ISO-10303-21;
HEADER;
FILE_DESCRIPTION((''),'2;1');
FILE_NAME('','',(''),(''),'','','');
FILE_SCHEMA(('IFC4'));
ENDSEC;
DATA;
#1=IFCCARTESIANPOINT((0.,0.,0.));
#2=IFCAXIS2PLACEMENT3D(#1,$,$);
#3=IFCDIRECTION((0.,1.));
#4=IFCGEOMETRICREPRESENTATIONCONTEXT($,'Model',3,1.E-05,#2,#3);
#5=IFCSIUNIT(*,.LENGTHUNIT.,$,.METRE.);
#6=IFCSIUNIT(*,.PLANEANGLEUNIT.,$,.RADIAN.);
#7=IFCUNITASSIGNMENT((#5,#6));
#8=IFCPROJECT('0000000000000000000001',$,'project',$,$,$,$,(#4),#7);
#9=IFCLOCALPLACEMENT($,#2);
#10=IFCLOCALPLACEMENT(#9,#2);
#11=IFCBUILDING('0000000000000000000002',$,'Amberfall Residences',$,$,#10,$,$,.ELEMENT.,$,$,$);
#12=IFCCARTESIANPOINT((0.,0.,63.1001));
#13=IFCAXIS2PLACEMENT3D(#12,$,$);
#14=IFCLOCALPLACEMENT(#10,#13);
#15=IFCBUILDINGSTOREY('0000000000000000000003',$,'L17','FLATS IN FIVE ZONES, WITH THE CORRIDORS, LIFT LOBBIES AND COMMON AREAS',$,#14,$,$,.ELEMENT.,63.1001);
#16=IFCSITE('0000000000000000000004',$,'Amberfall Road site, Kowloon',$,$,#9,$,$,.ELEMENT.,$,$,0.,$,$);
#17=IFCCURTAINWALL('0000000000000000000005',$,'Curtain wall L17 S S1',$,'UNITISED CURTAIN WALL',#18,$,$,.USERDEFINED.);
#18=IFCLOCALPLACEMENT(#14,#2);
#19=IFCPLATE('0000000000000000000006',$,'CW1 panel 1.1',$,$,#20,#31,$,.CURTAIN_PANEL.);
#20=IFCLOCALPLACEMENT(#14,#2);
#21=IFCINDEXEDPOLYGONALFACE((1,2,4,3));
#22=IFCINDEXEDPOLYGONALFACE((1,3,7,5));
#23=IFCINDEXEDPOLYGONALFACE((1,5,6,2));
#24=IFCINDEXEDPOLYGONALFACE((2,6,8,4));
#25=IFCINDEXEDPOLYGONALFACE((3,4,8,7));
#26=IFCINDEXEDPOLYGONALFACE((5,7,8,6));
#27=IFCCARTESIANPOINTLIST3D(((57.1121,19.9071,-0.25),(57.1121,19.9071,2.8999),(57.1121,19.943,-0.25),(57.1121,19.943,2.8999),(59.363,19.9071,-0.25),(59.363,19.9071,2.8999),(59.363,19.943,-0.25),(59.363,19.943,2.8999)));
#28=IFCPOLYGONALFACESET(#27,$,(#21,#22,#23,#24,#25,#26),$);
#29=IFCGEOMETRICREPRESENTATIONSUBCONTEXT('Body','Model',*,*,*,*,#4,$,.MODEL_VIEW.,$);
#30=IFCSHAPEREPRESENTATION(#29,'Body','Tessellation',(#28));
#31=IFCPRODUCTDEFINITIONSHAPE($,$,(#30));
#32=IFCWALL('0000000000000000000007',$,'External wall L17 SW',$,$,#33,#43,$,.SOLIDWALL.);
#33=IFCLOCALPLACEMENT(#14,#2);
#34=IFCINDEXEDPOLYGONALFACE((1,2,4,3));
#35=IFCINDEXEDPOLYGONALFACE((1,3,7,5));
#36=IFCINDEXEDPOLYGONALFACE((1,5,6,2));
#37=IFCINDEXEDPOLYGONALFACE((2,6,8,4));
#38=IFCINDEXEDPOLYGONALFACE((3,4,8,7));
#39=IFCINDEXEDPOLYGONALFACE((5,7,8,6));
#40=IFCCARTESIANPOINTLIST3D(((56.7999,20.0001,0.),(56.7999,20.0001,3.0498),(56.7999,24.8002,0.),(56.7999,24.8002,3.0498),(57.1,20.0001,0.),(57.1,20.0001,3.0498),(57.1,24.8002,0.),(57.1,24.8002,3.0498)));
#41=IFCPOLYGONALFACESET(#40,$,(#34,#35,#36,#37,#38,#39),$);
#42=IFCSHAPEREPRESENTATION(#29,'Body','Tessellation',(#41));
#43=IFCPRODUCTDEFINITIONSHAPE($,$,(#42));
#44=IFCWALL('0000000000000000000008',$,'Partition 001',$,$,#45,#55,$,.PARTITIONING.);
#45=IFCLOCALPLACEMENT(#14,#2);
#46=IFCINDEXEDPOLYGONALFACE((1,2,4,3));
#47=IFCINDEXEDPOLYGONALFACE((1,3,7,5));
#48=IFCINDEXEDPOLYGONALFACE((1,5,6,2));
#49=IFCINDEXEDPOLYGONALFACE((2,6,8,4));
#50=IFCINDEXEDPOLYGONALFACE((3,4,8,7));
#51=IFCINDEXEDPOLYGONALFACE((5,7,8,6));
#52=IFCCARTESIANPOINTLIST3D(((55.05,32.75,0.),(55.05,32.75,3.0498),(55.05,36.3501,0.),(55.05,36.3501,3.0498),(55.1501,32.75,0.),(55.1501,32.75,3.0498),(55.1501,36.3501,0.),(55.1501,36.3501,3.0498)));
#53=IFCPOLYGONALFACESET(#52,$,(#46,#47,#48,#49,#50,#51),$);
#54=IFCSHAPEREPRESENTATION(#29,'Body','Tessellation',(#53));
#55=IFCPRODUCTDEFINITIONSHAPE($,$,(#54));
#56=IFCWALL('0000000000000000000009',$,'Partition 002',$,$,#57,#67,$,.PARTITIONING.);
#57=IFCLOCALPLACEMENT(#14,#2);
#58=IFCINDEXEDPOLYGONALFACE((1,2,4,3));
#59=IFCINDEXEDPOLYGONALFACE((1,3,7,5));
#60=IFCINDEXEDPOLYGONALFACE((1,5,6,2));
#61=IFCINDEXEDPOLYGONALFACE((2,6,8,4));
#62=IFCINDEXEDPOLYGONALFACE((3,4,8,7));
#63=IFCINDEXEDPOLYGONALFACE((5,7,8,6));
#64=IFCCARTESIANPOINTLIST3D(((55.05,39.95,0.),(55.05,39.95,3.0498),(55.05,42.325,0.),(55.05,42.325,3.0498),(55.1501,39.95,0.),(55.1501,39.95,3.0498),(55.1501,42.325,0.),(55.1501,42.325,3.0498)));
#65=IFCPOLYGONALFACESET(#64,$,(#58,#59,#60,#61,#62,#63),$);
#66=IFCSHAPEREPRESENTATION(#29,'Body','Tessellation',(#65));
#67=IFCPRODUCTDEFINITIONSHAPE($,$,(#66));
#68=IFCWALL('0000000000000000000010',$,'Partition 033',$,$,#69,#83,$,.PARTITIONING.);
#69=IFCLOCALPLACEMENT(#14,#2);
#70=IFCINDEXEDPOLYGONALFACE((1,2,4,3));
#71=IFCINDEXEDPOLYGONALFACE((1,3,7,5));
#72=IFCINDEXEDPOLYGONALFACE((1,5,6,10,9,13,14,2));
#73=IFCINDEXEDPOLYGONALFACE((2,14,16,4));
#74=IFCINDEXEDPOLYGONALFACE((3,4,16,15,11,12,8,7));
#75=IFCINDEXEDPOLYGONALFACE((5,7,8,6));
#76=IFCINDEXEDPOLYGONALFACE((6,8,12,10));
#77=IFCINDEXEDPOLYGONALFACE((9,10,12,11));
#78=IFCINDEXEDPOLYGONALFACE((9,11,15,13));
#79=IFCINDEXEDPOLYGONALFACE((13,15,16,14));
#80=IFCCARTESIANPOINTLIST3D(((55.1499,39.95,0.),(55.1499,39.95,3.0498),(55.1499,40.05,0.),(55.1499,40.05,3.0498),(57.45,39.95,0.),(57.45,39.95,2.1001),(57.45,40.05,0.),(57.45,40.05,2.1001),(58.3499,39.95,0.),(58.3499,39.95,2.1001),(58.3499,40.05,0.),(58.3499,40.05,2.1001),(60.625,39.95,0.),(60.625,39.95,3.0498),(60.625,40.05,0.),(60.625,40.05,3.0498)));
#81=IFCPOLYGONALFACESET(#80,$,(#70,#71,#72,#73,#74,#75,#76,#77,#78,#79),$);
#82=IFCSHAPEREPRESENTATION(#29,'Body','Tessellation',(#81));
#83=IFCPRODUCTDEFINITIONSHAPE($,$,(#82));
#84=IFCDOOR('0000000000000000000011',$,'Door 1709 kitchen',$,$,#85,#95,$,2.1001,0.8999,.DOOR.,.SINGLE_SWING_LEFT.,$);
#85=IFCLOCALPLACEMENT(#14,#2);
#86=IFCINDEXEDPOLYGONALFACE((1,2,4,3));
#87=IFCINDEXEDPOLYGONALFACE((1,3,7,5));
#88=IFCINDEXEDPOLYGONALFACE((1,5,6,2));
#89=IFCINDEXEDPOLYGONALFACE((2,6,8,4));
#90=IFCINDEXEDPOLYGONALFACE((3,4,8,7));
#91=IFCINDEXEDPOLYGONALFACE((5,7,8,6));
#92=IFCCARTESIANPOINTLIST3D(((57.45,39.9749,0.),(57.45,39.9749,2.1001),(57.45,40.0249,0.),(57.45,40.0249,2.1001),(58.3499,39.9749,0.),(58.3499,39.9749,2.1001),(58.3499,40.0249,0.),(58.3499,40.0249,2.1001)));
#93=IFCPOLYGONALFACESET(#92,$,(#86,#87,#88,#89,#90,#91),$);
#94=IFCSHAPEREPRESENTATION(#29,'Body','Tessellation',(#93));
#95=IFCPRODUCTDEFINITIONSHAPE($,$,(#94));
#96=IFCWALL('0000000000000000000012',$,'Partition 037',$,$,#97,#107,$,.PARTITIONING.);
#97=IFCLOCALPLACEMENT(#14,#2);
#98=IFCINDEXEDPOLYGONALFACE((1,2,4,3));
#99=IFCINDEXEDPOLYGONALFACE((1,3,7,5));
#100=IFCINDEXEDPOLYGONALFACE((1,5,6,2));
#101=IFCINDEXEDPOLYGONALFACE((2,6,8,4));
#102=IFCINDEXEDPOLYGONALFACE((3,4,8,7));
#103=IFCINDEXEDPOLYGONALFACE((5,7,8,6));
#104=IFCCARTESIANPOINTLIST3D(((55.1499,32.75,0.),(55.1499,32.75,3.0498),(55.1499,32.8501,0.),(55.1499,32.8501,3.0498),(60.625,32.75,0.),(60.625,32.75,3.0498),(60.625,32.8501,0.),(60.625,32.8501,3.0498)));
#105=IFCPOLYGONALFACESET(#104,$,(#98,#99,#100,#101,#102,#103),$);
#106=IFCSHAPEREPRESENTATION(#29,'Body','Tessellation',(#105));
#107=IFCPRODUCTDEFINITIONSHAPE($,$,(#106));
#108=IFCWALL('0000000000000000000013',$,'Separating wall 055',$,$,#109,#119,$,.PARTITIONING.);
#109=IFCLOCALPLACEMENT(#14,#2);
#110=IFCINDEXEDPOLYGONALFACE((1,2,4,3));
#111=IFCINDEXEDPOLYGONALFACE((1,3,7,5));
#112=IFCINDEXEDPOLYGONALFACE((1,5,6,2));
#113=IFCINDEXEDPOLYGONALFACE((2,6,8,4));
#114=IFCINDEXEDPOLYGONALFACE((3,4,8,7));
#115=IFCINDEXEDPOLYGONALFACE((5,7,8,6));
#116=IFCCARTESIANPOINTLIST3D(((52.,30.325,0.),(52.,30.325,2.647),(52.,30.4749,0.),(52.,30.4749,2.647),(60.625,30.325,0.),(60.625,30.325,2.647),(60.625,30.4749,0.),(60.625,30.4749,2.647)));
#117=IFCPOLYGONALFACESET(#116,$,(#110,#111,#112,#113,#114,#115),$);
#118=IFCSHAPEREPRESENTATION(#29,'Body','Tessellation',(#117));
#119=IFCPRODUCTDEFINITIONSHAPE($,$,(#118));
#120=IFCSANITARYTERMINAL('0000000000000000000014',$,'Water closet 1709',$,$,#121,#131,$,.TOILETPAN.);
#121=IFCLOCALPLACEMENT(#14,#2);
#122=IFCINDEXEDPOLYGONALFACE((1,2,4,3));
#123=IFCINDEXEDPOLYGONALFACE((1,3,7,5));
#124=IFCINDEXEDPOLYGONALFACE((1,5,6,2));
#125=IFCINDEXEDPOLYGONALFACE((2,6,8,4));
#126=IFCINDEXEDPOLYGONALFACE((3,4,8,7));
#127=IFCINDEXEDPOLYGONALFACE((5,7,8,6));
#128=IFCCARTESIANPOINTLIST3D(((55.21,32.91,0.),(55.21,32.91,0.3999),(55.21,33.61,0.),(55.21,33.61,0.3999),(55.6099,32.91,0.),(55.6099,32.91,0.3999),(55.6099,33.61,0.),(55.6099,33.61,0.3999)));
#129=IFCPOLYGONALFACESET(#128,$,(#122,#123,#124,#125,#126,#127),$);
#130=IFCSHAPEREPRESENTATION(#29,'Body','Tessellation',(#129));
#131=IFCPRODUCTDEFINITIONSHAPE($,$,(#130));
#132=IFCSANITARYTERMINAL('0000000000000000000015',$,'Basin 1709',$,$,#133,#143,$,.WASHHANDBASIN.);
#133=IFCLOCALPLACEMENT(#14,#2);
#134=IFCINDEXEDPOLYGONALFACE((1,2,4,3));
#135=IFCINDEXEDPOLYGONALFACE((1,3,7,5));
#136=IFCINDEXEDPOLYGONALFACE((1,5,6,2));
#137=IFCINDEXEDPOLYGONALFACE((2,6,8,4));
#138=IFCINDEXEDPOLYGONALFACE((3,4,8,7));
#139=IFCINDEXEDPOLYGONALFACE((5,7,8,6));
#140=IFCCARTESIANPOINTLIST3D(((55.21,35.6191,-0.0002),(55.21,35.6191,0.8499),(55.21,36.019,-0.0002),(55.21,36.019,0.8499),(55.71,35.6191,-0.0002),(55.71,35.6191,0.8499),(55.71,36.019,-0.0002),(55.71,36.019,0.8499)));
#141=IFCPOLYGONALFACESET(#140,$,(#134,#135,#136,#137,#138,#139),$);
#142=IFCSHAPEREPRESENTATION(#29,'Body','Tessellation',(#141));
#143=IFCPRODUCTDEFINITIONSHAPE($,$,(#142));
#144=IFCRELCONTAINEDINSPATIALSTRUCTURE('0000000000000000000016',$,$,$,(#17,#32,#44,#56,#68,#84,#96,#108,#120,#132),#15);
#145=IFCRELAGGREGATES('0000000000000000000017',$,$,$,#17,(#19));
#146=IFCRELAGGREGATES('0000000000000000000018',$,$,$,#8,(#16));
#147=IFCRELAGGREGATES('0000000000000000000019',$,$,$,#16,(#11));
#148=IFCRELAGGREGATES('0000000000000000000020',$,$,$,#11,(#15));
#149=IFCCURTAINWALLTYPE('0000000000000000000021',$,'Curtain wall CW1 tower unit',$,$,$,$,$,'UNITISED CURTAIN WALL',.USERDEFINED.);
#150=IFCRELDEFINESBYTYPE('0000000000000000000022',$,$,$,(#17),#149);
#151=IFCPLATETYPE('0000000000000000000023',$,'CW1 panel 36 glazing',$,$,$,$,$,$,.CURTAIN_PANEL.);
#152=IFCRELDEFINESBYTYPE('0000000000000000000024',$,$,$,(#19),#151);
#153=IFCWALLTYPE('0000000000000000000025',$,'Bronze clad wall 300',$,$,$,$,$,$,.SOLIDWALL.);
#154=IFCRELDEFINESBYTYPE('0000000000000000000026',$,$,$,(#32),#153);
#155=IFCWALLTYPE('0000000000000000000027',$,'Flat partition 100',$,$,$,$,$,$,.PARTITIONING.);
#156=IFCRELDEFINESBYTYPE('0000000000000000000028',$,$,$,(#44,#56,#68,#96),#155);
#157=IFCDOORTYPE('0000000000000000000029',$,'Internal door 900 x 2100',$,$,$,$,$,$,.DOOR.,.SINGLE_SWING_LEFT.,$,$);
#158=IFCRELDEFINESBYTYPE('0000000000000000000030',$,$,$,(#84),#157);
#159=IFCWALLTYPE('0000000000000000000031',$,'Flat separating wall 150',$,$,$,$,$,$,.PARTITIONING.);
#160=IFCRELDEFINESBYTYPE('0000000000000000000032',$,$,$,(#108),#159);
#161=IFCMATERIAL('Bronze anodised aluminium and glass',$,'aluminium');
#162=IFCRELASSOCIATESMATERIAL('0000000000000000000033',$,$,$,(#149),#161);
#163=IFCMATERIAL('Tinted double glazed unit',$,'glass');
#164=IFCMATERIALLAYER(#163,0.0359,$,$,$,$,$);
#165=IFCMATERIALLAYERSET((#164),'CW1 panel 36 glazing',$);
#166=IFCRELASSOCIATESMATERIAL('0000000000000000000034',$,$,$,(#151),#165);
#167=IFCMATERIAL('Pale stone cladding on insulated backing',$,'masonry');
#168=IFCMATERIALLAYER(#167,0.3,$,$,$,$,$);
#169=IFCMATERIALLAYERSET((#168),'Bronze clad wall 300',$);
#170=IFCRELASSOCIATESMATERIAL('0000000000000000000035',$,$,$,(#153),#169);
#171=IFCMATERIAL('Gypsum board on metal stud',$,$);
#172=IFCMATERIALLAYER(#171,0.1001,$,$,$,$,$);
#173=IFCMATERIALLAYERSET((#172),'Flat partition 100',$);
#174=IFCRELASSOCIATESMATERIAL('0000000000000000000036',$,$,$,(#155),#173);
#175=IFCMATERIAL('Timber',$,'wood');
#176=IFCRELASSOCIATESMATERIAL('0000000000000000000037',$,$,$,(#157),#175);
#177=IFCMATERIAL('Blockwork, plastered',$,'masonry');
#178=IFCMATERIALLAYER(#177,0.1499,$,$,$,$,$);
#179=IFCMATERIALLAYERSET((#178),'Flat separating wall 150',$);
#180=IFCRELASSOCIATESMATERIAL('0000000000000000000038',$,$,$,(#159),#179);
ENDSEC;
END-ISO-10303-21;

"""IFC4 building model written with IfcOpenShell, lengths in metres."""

from ifc_helpers import new_model, si_unit, direction, frame, frame_2d, origin, origin_2d, place, context, subcontext, project, spatial, rectangle, extrude, material, layer, layer_set, type_object, element, fill, aggregate, save


model = new_model("IFC4")

# Units and contexts
model_context = context("Model", 3, precision=1e-05, world=origin(), true_north=direction((0.0, 1.0)))
body_context = subcontext(model_context, "Body", "Model", "MODEL_VIEW")
ifc_project = project(units=[si_unit("LENGTHUNIT", "METRE"), si_unit("PLANEANGLEUNIT", "RADIAN")], contexts=[model_context])

# Site, building, storey
site_placement = place(None, origin())
site = spatial("IfcSite", under=ifc_project, at=site_placement, Name="Amberfall Road site, Kowloon", CompositionType="ELEMENT", RefElevation=0.0)
building_placement = place(site_placement, origin())
building = spatial("IfcBuilding", under=site, at=building_placement, Name="Amberfall Residences", CompositionType="ELEMENT")
storey_placement = place(building_placement, frame((0.0, 0.0, 63.1001)))
storey = spatial("IfcBuildingStorey", under=building, at=storey_placement, Name="L17", Description="FLATS IN FIVE ZONES, WITH THE CORRIDORS, LIFT LOBBIES AND COMMON AREAS", CompositionType="ELEMENT", Elevation=63.1001)

# Curtain wall
ifc_material_1 = material(Name="Bronze anodised aluminium and glass", Category="aluminium")
curtain_wall_type = type_object("IfcCurtainWallType", Name="Curtain wall CW1 tower unit", ElementType="UNITISED CURTAIN WALL", PredefinedType="USERDEFINED", material=ifc_material_1)
curtain_wall_placement = place(storey_placement, origin())
curtain_wall = element("IfcCurtainWall", 1, at=curtain_wall_placement, inside=storey, type_object=curtain_wall_type, Name="Curtain wall L17 S S1", ObjectType="UNITISED CURTAIN WALL", PredefinedType="USERDEFINED")

# Plate
ifc_material_2 = material(Name="Tinted double glazed unit", Category="glass")
ifc_layer_1 = layer(ifc_material_2, 0.0359)
ifc_layer_set_1 = layer_set([ifc_layer_1], Name="CW1 panel 36 glazing")
plate_type = type_object("IfcPlateType", Name="CW1 panel 36 glazing", PredefinedType="CURTAIN_PANEL", material=ifc_layer_set_1)
plate_placement = place(storey_placement, frame((58.2375, 19.925, -0.25), z_axis=(0.0, 0.0, 1.0), x_axis=(1.0, 0.0, 0.0)))
plate = element("IfcPlate", 2, at=plate_placement, type_object=plate_type, Name="CW1 panel 1.1", PredefinedType="CURTAIN_PANEL", context=body_context, shape_type="SweptSolid", body=[
    extrude(rectangle(XDim=2.251, YDim=0.0359, at=origin_2d()), origin(), (0.0, 0.0, 1.0), 3.1499),
])
aggregate(curtain_wall, [plate])

# Walls
ifc_material_3 = material(Name="Pale stone cladding on insulated backing", Category="masonry")
ifc_layer_2 = layer(ifc_material_3, 0.3)
ifc_layer_set_2 = layer_set([ifc_layer_2], Name="Bronze clad wall 300")
wall_type_1 = type_object("IfcWallType", Name="Bronze clad wall 300", PredefinedType="SOLIDWALL", material=ifc_layer_set_2)
wall_1_placement = place(storey_placement, frame((56.95, 24.8, 0.0), z_axis=(0.0, 0.0, 1.0), x_axis=(0.0, -1.0, 0.0)))
element("IfcWall", 3, at=wall_1_placement, inside=storey, type_object=wall_type_1, Name="External wall L17 SW", PredefinedType="SOLIDWALL", context=body_context, shape_type="SweptSolid", body=[
    extrude(rectangle(XDim=4.8, YDim=0.3, at=frame_2d((2.3999, 0.0))), origin(), (0.0, 0.0, 1.0), 3.0498),
])
ifc_material_4 = material(Name="Gypsum board on metal stud")
ifc_layer_3 = layer(ifc_material_4, 0.1001)
ifc_layer_set_3 = layer_set([ifc_layer_3], Name="Flat partition 100")
wall_type_2 = type_object("IfcWallType", Name="Flat partition 100", PredefinedType="PARTITIONING", material=ifc_layer_set_3)
wall_2_placement = place(storey_placement, frame((55.1001, 32.75, 0.0), z_axis=(0.0, 0.0, 1.0), x_axis=(0.0, 1.0, 0.0)))
element("IfcWall", 4, at=wall_2_placement, inside=storey, type_object=wall_type_2, Name="Partition 001", PredefinedType="PARTITIONING", context=body_context, shape_type="SweptSolid", body=[
    extrude(rectangle(XDim=3.6001, YDim=0.1001, at=frame_2d((1.8, 0.0))), origin(), (0.0, 0.0, 1.0), 3.0498),
])
wall_3_placement = place(storey_placement, frame((55.1001, 39.95, 0.0), z_axis=(0.0, 0.0, 1.0), x_axis=(0.0, 1.0, 0.0)))
element("IfcWall", 5, at=wall_3_placement, inside=storey, type_object=wall_type_2, Name="Partition 002", PredefinedType="PARTITIONING", context=body_context, shape_type="SweptSolid", body=[
    extrude(rectangle(XDim=2.375, YDim=0.1001, at=frame_2d((1.1875, 0.0))), origin(), (0.0, 0.0, 1.0), 3.0498),
])

# Wall, opening, door
wall_4_placement = place(storey_placement, frame((55.1499, 40.0, 0.0), z_axis=(0.0, 0.0, 1.0), x_axis=(1.0, 0.0, 0.0)))
wall_4 = element("IfcWall", 6, at=wall_4_placement, inside=storey, type_object=wall_type_2, Name="Partition 033", PredefinedType="PARTITIONING", context=body_context, shape_type="SweptSolid", body=[
    extrude(rectangle(XDim=5.4751, YDim=0.1001, at=frame_2d((2.7375, 0.0))), origin(), (0.0, 0.0, 1.0), 3.0498),
])
opening_placement = place(wall_4_placement, frame((2.3, 0.0, 0.0)))
opening = element("IfcOpeningElement", 7, at=opening_placement, cuts=wall_4, PredefinedType="OPENING", context=body_context, shape_type="SweptSolid", body=[
    extrude(rectangle(XDim=0.8999, YDim=2.1001, at=frame_2d((0.45, 1.05))), frame((0.0, 0.0601, 0.0), z_axis=(0.0, -1.0, 0.0), x_axis=(1.0, 0.0, 0.0)), (0.0, 0.0, 1.0), 0.1201),
])
ifc_material_5 = material(Name="Timber", Category="wood")
door_type = type_object("IfcDoorType", Name="Internal door 900 x 2100", OperationType="SINGLE_SWING_LEFT", PredefinedType="DOOR", material=ifc_material_5)
door_placement = place(opening_placement, origin())
door = element("IfcDoor", 8, at=door_placement, inside=storey, type_object=door_type, Name="Door 1709 kitchen", OperationType="SINGLE_SWING_LEFT", OverallHeight=2.1001, OverallWidth=0.8999, PredefinedType="DOOR", context=body_context, shape_type="SweptSolid", body=[
    extrude(rectangle(XDim=0.8999, YDim=2.1001, at=frame_2d((0.45, 1.05))), frame((0.0, 0.0249, 0.0), z_axis=(0.0, -1.0, 0.0), x_axis=(1.0, 0.0, 0.0)), (0.0, 0.0, 1.0), 0.05),
])
fill(opening, door)

# Walls
wall_5_placement = place(storey_placement, frame((55.1499, 32.8, 0.0), z_axis=(0.0, 0.0, 1.0), x_axis=(1.0, 0.0, 0.0)))
element("IfcWall", 9, at=wall_5_placement, inside=storey, type_object=wall_type_2, Name="Partition 037", PredefinedType="PARTITIONING", context=body_context, shape_type="SweptSolid", body=[
    extrude(rectangle(XDim=5.4751, YDim=0.1001, at=frame_2d((2.7375, 0.0))), origin(), (0.0, 0.0, 1.0), 3.0498),
])
ifc_material_6 = material(Name="Blockwork, plastered", Category="masonry")
ifc_layer_4 = layer(ifc_material_6, 0.1499)
ifc_layer_set_4 = layer_set([ifc_layer_4], Name="Flat separating wall 150")
wall_type_3 = type_object("IfcWallType", Name="Flat separating wall 150", PredefinedType="PARTITIONING", material=ifc_layer_set_4)
wall_6_placement = place(storey_placement, frame((52.0, 30.3999, 0.0), z_axis=(0.0, 0.0, 1.0), x_axis=(1.0, 0.0, 0.0)))
element("IfcWall", 10, at=wall_6_placement, inside=storey, type_object=wall_type_3, Name="Separating wall 055", PredefinedType="PARTITIONING", context=body_context, shape_type="SweptSolid", body=[
    extrude(rectangle(XDim=8.625, YDim=0.1499, at=frame_2d((4.3125, 0.0))), origin(), (0.0, 0.0, 1.0), 2.647),
])

# Sanitary terminals
sanitary_terminal_1_placement = place(storey_placement, frame((55.4099, 33.26, 0.0), z_axis=(0.0, 0.0, 1.0), x_axis=(1.0, 0.0, 0.0)))
element("IfcSanitaryTerminal", 11, at=sanitary_terminal_1_placement, inside=storey, Name="Water closet 1709", PredefinedType="TOILETPAN", context=body_context, shape_type="SweptSolid", body=[
    extrude(rectangle(XDim=0.3999, YDim=0.7, at=origin_2d()), origin(), (0.0, 0.0, 1.0), 0.3999),
])
sanitary_terminal_2_placement = place(storey_placement, frame((55.46, 35.8191, -0.0002), z_axis=(0.0, 0.0, 1.0), x_axis=(1.0, 0.0, 0.0)))
element("IfcSanitaryTerminal", 12, at=sanitary_terminal_2_placement, inside=storey, Name="Basin 1709", PredefinedType="WASHHANDBASIN", context=body_context, shape_type="SweptSolid", body=[
    extrude(rectangle(XDim=0.5, YDim=0.3999, at=origin_2d()), origin(), (0.0, 0.0, 1.0), 0.8501),
])

save(model, "model.ifc")
